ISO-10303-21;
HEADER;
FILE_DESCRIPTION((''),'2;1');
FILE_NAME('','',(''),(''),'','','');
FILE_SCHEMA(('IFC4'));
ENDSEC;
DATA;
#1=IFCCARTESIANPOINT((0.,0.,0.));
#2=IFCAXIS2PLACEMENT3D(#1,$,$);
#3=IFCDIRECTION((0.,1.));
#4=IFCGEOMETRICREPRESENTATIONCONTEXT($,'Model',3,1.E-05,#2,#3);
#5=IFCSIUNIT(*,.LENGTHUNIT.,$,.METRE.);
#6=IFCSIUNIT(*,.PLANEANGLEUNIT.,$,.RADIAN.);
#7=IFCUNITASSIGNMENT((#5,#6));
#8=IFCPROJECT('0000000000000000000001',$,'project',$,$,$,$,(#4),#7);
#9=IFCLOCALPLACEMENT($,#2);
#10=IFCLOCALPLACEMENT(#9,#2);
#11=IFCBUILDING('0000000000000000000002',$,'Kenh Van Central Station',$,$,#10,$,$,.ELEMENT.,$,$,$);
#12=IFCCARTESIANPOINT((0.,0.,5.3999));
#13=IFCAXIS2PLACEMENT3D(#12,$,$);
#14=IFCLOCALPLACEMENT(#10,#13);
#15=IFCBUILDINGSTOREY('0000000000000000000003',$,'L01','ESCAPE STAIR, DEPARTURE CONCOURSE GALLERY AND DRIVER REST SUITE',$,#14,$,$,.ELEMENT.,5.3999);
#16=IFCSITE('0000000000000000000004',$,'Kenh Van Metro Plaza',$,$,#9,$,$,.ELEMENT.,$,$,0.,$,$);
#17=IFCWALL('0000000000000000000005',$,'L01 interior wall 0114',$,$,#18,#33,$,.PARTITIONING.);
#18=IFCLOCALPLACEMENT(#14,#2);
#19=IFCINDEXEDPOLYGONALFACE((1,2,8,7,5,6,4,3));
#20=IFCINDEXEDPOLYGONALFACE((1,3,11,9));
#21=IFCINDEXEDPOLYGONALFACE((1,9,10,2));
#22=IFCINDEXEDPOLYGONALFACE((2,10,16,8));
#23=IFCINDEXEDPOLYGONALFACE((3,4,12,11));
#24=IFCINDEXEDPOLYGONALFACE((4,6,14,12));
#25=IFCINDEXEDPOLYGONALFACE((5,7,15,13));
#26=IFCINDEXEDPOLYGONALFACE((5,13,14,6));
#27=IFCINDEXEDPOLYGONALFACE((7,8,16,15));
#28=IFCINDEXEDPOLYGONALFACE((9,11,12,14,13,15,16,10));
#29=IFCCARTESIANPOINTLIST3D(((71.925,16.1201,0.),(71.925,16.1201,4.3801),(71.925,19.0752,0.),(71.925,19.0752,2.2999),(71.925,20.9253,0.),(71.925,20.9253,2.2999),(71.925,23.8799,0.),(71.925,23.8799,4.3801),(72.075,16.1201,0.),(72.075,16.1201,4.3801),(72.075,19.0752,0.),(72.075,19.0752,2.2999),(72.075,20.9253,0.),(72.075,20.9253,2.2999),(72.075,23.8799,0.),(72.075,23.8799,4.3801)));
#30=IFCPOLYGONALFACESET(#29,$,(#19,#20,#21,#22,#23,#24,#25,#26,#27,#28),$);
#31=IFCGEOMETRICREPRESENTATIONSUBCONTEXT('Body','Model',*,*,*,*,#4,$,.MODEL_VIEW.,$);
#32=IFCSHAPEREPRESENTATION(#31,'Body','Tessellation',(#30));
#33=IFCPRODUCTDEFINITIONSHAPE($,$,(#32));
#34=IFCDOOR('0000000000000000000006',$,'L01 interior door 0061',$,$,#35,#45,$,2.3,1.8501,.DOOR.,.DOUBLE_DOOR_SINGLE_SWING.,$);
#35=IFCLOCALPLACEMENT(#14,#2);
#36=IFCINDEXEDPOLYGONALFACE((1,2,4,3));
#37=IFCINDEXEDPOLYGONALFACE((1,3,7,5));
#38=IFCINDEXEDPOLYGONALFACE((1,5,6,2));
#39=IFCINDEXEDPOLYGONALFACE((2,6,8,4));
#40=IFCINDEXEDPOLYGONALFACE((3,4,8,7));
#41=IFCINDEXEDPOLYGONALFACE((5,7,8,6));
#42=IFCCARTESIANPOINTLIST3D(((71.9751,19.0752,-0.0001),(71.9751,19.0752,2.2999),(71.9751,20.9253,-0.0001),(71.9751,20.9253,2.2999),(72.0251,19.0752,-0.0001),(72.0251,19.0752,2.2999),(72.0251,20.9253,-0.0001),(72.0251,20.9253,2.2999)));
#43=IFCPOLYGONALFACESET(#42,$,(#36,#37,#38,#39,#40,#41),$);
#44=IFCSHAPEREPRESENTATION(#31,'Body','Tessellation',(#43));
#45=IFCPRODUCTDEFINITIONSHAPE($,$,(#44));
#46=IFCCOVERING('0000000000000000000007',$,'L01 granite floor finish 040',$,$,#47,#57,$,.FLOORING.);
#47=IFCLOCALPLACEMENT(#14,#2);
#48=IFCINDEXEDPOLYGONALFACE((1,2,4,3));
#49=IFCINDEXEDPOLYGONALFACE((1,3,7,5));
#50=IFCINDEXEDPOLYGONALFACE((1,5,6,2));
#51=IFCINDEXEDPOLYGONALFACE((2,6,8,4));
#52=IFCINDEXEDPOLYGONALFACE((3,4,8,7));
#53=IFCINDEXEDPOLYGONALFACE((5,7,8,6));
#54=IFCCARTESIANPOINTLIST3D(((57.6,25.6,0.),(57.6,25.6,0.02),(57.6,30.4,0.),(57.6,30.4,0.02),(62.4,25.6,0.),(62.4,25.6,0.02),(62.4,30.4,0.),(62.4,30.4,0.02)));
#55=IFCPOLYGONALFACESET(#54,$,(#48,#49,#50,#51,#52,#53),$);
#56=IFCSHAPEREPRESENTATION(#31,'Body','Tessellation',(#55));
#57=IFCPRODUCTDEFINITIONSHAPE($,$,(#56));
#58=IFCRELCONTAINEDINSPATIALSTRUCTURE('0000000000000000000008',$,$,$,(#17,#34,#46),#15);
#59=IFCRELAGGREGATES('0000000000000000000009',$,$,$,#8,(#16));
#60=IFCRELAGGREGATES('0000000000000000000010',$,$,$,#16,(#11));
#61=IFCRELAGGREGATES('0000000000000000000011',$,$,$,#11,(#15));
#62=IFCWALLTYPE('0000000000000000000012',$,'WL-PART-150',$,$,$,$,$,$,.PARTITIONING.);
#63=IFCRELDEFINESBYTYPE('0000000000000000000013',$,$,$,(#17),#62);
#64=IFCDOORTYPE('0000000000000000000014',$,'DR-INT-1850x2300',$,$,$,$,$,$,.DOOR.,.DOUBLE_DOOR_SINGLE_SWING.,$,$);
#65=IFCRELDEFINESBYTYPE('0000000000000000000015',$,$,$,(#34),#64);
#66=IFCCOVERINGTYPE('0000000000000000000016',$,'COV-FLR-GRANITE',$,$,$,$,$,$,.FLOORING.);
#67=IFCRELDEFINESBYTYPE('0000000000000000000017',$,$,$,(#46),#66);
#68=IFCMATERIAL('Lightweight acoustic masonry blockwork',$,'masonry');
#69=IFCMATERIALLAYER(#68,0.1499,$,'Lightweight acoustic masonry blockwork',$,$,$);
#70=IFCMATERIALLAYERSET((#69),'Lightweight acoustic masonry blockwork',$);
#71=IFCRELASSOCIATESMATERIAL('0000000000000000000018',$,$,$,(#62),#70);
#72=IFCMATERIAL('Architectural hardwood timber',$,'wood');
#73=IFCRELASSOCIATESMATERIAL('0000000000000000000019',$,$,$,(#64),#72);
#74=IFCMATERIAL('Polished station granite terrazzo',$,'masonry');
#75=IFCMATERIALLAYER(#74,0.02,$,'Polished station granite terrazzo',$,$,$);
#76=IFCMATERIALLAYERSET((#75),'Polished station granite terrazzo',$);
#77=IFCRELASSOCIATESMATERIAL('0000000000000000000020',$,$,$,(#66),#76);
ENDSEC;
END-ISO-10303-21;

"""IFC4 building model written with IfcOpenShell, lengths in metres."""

from ifc_helpers import new_model, si_unit, direction, frame, frame_2d, origin, origin_2d, place, context, subcontext, project, spatial, rectangle, extrude, material, layer, layer_set, type_object, element, fill, save


model = new_model("IFC4")

# Units and contexts
model_context = context("Model", 3, precision=1e-05, world=origin(), true_north=direction((0.0, 1.0)))
body_context = subcontext(model_context, "Body", "Model", "MODEL_VIEW")
ifc_project = project(units=[si_unit("LENGTHUNIT", "METRE"), si_unit("PLANEANGLEUNIT", "RADIAN")], contexts=[model_context])

# Site, building, storey
site_placement = place(None, origin())
site = spatial("IfcSite", under=ifc_project, at=site_placement, Name="Kenh Van Metro Plaza", CompositionType="ELEMENT", RefElevation=0.0)
building_placement = place(site_placement, origin())
building = spatial("IfcBuilding", under=site, at=building_placement, Name="Kenh Van Central Station", CompositionType="ELEMENT")
storey_placement = place(building_placement, frame((0.0, 0.0, 5.3999)))
storey = spatial("IfcBuildingStorey", under=building, at=storey_placement, Name="L01", Description="ESCAPE STAIR, DEPARTURE CONCOURSE GALLERY AND DRIVER REST SUITE", CompositionType="ELEMENT", Elevation=5.3999)

# Wall, opening, door
ifc_material_1 = material(Name="Lightweight acoustic masonry blockwork", Category="masonry")
ifc_layer_1 = layer(ifc_material_1, 0.1499, Name="Lightweight acoustic masonry blockwork")
ifc_layer_set_1 = layer_set([ifc_layer_1], Name="Lightweight acoustic masonry blockwork")
wall_type_1 = type_object("IfcWallType", Name="WL-PART-150", PredefinedType="PARTITIONING", material=ifc_layer_set_1)
wall_1_placement = place(storey_placement, frame((72.0, 16.1201, 0.0), z_axis=(0.0, 0.0, 1.0), x_axis=(0.0, 1.0, 0.0)))
wall_1 = element("IfcWall", 1, at=wall_1_placement, inside=storey, type_object=wall_type_1, Name="L01 interior wall 0114", PredefinedType="PARTITIONING", context=body_context, shape_type="SweptSolid", body=[
    extrude(rectangle(XDim=7.7598, YDim=0.1499, at=frame_2d((3.8799, 0.0))), origin(), (0.0, 0.0, 1.0), 4.3801),
])
opening_1_placement = place(wall_1_placement, frame((2.9551, 0.0, 0.0)))
opening_1 = element("IfcOpeningElement", 2, at=opening_1_placement, cuts=wall_1, PredefinedType="OPENING", context=body_context, shape_type="SweptSolid", body=[
    extrude(rectangle(XDim=1.8501, YDim=2.3, at=frame_2d((0.925, 1.1499))), frame((0.0, 0.085, 0.0), z_axis=(0.0, -1.0, 0.0), x_axis=(1.0, 0.0, 0.0)), (0.0, 0.0, 1.0), 0.1699),
])
ifc_material_2 = material(Name="Architectural hardwood timber", Category="wood")
door_type_1 = type_object("IfcDoorType", Name="DR-INT-1850x2300", OperationType="DOUBLE_DOOR_SINGLE_SWING", PredefinedType="DOOR", material=ifc_material_2)
door_1_placement = place(opening_1_placement, origin())
door_1 = element("IfcDoor", 3, at=door_1_placement, inside=storey, type_object=door_type_1, Name="L01 interior door 0061", OperationType="DOUBLE_DOOR_SINGLE_SWING", OverallHeight=2.3, OverallWidth=1.8501, PredefinedType="DOOR", context=body_context, shape_type="SweptSolid", body=[
    extrude(rectangle(XDim=1.8501, YDim=2.3, at=frame_2d((0.925, 1.1499))), frame((0.0, 0.0249, 0.0), z_axis=(0.0, -1.0, 0.0), x_axis=(1.0, 0.0, 0.0)), (0.0, 0.0, 1.0), 0.05),
])
fill(opening_1, door_1)

# Covering
ifc_material_3 = material(Name="Polished station granite terrazzo", Category="masonry")
ifc_layer_2 = layer(ifc_material_3, 0.02, Name="Polished station granite terrazzo")
ifc_layer_set_2 = layer_set([ifc_layer_2], Name="Polished station granite terrazzo")
covering_type = type_object("IfcCoveringType", Name="COV-FLR-GRANITE", PredefinedType="FLOORING", material=ifc_layer_set_2)
covering_placement = place(storey_placement, frame((60.0, 28.0, 0.0), z_axis=(0.0, 0.0, 1.0), x_axis=(1.0, 0.0, 0.0)))
element("IfcCovering", 4, at=covering_placement, inside=storey, type_object=covering_type, Name="L01 granite floor finish 040", PredefinedType="FLOORING", context=body_context, shape_type="SweptSolid", body=[
    extrude(rectangle(XDim=4.8, YDim=4.8, at=origin_2d()), origin(), (0.0, 0.0, 1.0), 0.02),
])

save(model, "model.ifc")
